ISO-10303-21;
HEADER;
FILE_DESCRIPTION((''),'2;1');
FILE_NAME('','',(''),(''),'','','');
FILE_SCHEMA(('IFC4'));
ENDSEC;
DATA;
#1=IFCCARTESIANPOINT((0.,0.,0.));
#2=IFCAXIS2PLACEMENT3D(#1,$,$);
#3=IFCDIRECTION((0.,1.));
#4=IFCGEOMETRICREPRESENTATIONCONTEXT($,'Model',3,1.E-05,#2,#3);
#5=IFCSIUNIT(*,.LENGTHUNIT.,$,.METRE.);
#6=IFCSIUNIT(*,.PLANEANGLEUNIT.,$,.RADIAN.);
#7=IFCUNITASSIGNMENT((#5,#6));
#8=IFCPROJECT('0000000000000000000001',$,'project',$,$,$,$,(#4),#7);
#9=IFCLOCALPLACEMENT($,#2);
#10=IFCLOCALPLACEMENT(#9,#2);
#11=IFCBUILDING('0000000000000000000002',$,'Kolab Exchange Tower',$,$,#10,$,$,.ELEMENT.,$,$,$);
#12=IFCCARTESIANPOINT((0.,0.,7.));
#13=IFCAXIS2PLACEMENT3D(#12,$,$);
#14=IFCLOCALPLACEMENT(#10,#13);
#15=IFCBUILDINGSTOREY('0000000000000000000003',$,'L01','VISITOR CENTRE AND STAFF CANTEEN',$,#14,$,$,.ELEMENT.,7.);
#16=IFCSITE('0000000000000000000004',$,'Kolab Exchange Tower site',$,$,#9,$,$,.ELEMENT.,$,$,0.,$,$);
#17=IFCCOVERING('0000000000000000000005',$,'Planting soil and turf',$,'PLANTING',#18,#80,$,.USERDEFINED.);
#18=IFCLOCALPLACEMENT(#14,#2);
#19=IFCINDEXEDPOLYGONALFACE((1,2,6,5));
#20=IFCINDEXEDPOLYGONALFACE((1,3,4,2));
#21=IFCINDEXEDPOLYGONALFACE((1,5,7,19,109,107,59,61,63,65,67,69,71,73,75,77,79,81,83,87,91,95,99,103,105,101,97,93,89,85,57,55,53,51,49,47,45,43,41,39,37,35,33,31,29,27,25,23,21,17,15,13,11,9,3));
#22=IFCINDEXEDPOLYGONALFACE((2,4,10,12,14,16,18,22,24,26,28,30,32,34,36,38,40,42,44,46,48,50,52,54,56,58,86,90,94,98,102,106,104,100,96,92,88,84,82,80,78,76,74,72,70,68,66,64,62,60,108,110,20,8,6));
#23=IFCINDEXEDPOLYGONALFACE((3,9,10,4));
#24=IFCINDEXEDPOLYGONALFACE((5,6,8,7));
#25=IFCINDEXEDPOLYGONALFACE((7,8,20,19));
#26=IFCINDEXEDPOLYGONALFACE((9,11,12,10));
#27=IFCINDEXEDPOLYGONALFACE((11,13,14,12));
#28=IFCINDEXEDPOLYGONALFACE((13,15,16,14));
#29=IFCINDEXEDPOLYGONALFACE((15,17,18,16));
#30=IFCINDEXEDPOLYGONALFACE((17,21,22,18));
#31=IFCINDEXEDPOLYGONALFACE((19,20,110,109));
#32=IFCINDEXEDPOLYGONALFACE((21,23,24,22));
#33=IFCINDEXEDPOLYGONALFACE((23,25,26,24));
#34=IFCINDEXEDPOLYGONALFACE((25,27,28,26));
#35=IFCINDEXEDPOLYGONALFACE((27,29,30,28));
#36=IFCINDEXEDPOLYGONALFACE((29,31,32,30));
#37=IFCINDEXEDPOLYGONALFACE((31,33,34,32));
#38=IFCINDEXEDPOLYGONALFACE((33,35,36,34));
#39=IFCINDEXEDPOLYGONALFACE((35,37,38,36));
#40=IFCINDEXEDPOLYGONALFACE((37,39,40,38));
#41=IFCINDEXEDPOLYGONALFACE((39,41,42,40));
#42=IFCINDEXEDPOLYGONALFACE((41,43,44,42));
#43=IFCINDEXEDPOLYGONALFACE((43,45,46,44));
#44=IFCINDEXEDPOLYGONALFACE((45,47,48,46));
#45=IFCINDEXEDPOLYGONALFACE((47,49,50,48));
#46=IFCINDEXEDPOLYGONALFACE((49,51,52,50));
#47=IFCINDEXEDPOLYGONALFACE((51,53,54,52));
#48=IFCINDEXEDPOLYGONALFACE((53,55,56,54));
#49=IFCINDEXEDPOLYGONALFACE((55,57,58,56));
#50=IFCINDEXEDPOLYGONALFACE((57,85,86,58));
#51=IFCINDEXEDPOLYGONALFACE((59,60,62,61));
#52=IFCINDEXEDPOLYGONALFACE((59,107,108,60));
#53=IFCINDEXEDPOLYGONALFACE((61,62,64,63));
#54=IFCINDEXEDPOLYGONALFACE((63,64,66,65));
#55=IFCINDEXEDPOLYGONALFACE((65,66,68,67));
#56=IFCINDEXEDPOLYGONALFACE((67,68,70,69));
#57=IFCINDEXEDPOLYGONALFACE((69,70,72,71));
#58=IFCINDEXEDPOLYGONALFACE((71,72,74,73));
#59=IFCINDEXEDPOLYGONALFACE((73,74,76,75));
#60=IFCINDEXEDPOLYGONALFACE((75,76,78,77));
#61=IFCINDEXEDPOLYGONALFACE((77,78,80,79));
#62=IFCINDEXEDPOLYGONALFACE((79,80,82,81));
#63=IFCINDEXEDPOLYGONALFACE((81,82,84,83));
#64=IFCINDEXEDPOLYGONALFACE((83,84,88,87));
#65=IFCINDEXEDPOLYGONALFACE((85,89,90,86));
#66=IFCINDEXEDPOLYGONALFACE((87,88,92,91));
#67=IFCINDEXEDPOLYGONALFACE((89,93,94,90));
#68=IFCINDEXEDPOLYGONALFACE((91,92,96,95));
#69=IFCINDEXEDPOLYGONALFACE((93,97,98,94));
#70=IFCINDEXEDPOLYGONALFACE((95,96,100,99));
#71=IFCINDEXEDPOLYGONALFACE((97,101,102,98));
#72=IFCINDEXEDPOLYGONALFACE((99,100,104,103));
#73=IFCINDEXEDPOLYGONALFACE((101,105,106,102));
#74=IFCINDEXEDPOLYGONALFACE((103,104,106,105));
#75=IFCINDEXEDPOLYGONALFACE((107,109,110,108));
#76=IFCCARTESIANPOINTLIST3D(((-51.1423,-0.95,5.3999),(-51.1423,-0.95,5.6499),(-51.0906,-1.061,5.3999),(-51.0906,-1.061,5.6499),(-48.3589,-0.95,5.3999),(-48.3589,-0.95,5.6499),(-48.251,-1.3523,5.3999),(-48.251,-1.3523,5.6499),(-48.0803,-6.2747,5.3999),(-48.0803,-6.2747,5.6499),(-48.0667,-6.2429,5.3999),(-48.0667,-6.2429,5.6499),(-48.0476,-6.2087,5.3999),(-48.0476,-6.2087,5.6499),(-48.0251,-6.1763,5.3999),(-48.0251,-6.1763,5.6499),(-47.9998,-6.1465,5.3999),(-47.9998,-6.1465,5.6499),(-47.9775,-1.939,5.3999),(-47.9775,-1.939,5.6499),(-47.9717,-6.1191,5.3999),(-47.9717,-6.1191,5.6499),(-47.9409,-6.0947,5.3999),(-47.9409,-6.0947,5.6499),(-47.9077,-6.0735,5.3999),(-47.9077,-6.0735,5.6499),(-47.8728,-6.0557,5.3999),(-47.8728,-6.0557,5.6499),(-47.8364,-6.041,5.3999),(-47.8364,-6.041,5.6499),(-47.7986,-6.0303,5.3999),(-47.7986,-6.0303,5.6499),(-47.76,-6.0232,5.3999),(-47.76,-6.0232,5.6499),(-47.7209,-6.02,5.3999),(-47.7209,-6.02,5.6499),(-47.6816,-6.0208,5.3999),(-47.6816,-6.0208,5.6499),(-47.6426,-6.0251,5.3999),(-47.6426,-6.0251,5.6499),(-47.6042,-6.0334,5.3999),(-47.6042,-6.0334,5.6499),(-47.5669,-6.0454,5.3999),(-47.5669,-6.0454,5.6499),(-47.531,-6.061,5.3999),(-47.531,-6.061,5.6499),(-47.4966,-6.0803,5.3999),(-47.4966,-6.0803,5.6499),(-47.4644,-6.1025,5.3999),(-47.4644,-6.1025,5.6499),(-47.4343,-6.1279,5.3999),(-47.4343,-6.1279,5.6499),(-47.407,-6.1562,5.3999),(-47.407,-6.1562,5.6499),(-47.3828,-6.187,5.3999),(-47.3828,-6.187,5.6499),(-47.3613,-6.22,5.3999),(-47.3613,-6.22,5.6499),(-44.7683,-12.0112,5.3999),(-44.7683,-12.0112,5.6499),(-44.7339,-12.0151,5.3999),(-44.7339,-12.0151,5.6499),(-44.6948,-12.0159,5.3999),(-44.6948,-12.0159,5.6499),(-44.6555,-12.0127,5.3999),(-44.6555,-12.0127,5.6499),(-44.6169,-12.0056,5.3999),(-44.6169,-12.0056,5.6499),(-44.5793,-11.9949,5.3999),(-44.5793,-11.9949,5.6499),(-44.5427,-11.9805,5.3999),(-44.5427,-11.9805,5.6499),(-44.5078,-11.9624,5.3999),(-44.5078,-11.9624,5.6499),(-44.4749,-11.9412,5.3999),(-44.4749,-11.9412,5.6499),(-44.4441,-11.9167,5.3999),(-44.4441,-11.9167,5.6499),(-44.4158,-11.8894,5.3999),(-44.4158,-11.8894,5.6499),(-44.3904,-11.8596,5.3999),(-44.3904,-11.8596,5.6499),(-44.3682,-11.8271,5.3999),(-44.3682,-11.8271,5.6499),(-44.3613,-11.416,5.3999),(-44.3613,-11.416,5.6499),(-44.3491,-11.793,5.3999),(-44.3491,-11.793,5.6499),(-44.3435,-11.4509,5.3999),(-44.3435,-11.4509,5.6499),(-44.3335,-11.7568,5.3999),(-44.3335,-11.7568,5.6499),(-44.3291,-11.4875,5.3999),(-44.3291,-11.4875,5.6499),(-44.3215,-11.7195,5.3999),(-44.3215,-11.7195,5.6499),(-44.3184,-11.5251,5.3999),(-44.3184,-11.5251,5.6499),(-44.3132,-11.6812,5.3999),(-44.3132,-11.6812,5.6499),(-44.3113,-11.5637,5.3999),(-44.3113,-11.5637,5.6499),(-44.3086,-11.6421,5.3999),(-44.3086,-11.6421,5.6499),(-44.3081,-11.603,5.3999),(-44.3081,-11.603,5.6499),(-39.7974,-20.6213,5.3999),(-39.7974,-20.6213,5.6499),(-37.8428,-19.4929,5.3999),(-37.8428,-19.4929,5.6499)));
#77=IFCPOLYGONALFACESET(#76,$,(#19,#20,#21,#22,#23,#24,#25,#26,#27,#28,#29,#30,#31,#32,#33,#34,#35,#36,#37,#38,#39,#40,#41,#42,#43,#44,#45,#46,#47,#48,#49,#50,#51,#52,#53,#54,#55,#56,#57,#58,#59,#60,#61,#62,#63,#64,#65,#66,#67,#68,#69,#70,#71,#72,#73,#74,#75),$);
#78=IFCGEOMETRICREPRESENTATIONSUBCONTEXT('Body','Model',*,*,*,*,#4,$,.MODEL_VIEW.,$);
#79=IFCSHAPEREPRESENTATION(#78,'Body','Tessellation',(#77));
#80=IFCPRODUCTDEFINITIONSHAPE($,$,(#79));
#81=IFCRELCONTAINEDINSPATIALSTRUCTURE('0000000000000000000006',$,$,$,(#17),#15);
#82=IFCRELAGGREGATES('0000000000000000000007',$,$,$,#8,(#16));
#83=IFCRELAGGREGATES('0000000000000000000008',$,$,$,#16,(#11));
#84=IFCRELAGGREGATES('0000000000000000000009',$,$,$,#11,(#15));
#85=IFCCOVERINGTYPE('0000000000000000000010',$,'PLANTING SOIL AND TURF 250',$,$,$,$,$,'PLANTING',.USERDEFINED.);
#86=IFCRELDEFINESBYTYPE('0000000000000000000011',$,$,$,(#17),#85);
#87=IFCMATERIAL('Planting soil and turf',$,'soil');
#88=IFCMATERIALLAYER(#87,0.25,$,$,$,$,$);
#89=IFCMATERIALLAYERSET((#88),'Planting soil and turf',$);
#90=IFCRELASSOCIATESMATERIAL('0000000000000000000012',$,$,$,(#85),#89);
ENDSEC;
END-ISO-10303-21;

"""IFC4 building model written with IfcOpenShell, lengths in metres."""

from ifc_helpers import new_model, si_unit, direction, frame, origin, place, context, subcontext, project, spatial, polyline, outline, extrude, material, layer, layer_set, type_object, element, save


model = new_model("IFC4")

# Units and contexts
model_context = context("Model", 3, precision=1e-05, world=origin(), true_north=direction((0.0, 1.0)))
body_context = subcontext(model_context, "Body", "Model", "MODEL_VIEW")
ifc_project = project(units=[si_unit("LENGTHUNIT", "METRE"), si_unit("PLANEANGLEUNIT", "RADIAN")], contexts=[model_context])

# Site, building, storey
site_placement = place(None, origin())
site = spatial("IfcSite", under=ifc_project, at=site_placement, Name="Kolab Exchange Tower site", CompositionType="ELEMENT", RefElevation=0.0)
building_placement = place(site_placement, origin())
building = spatial("IfcBuilding", under=site, at=building_placement, Name="Kolab Exchange Tower", CompositionType="ELEMENT")
storey_placement = place(building_placement, frame((0.0, 0.0, 7.0)))
storey = spatial("IfcBuildingStorey", under=building, at=storey_placement, Name="L01", Description="VISITOR CENTRE AND STAFF CANTEEN", CompositionType="ELEMENT", Elevation=7.0)

# Covering
ifc_material_1 = material(Name="Planting soil and turf", Category="soil")
ifc_layer_1 = layer(ifc_material_1, 0.25)
ifc_layer_set_1 = layer_set([ifc_layer_1], Name="Planting soil and turf")
covering_type_1 = type_object("IfcCoveringType", Name="PLANTING SOIL AND TURF 250", ElementType="PLANTING", PredefinedType="USERDEFINED", material=ifc_layer_set_1)
covering_1_placement = place(storey_placement, frame((0.0, 0.0, 5.3999)))
element("IfcCovering", 1, at=covering_1_placement, inside=storey, type_object=covering_type_1, Name="Planting soil and turf", ObjectType="PLANTING", PredefinedType="USERDEFINED", context=body_context, shape_type="SweptSolid", body=[
    extrude(outline(polyline([(-48.3589, -0.95), (-48.251, -1.3523), (-47.9775, -1.939), (-37.8428, -19.4929), (-39.7974, -20.6213), (-44.7683, -12.0112), (-44.7339, -12.0151), (-44.6948, -12.0159), (-44.6555, -12.0127), (-44.6169, -12.0056), (-44.5793, -11.9949), (-44.5427, -11.9805), (-44.5078, -11.9624), (-44.4749, -11.9412), (-44.4441, -11.9167), (-44.4158, -11.8894), (-44.3904, -11.8596), (-44.3682, -11.8271), (-44.3491, -11.793), (-44.3335, -11.7568), (-44.3215, -11.7195), (-44.3132, -11.6812), (-44.3086, -11.6421), (-44.3081, -11.603), (-44.3113, -11.5637), (-44.3184, -11.5251), (-44.3291, -11.4875), (-44.3435, -11.4509), (-44.3613, -11.416), (-47.3613, -6.22), (-47.3828, -6.187), (-47.407, -6.1562), (-47.4343, -6.1279), (-47.4644, -6.1025), (-47.4966, -6.0803), (-47.531, -6.061), (-47.5669, -6.0454), (-47.6042, -6.0334), (-47.6426, -6.0251), (-47.6816, -6.0208), (-47.7209, -6.02), (-47.76, -6.0232), (-47.7986, -6.0303), (-47.8364, -6.041), (-47.8728, -6.0557), (-47.9077, -6.0735), (-47.9409, -6.0947), (-47.9717, -6.1191), (-47.9998, -6.1465), (-48.0251, -6.1763), (-48.0476, -6.2087), (-48.0667, -6.2429), (-48.0803, -6.2747), (-51.0906, -1.061), (-51.1423, -0.95), (-48.3589, -0.95)])), origin(), (0.0, 0.0, 1.0), 0.25),
])

save(model, "model.ifc")
